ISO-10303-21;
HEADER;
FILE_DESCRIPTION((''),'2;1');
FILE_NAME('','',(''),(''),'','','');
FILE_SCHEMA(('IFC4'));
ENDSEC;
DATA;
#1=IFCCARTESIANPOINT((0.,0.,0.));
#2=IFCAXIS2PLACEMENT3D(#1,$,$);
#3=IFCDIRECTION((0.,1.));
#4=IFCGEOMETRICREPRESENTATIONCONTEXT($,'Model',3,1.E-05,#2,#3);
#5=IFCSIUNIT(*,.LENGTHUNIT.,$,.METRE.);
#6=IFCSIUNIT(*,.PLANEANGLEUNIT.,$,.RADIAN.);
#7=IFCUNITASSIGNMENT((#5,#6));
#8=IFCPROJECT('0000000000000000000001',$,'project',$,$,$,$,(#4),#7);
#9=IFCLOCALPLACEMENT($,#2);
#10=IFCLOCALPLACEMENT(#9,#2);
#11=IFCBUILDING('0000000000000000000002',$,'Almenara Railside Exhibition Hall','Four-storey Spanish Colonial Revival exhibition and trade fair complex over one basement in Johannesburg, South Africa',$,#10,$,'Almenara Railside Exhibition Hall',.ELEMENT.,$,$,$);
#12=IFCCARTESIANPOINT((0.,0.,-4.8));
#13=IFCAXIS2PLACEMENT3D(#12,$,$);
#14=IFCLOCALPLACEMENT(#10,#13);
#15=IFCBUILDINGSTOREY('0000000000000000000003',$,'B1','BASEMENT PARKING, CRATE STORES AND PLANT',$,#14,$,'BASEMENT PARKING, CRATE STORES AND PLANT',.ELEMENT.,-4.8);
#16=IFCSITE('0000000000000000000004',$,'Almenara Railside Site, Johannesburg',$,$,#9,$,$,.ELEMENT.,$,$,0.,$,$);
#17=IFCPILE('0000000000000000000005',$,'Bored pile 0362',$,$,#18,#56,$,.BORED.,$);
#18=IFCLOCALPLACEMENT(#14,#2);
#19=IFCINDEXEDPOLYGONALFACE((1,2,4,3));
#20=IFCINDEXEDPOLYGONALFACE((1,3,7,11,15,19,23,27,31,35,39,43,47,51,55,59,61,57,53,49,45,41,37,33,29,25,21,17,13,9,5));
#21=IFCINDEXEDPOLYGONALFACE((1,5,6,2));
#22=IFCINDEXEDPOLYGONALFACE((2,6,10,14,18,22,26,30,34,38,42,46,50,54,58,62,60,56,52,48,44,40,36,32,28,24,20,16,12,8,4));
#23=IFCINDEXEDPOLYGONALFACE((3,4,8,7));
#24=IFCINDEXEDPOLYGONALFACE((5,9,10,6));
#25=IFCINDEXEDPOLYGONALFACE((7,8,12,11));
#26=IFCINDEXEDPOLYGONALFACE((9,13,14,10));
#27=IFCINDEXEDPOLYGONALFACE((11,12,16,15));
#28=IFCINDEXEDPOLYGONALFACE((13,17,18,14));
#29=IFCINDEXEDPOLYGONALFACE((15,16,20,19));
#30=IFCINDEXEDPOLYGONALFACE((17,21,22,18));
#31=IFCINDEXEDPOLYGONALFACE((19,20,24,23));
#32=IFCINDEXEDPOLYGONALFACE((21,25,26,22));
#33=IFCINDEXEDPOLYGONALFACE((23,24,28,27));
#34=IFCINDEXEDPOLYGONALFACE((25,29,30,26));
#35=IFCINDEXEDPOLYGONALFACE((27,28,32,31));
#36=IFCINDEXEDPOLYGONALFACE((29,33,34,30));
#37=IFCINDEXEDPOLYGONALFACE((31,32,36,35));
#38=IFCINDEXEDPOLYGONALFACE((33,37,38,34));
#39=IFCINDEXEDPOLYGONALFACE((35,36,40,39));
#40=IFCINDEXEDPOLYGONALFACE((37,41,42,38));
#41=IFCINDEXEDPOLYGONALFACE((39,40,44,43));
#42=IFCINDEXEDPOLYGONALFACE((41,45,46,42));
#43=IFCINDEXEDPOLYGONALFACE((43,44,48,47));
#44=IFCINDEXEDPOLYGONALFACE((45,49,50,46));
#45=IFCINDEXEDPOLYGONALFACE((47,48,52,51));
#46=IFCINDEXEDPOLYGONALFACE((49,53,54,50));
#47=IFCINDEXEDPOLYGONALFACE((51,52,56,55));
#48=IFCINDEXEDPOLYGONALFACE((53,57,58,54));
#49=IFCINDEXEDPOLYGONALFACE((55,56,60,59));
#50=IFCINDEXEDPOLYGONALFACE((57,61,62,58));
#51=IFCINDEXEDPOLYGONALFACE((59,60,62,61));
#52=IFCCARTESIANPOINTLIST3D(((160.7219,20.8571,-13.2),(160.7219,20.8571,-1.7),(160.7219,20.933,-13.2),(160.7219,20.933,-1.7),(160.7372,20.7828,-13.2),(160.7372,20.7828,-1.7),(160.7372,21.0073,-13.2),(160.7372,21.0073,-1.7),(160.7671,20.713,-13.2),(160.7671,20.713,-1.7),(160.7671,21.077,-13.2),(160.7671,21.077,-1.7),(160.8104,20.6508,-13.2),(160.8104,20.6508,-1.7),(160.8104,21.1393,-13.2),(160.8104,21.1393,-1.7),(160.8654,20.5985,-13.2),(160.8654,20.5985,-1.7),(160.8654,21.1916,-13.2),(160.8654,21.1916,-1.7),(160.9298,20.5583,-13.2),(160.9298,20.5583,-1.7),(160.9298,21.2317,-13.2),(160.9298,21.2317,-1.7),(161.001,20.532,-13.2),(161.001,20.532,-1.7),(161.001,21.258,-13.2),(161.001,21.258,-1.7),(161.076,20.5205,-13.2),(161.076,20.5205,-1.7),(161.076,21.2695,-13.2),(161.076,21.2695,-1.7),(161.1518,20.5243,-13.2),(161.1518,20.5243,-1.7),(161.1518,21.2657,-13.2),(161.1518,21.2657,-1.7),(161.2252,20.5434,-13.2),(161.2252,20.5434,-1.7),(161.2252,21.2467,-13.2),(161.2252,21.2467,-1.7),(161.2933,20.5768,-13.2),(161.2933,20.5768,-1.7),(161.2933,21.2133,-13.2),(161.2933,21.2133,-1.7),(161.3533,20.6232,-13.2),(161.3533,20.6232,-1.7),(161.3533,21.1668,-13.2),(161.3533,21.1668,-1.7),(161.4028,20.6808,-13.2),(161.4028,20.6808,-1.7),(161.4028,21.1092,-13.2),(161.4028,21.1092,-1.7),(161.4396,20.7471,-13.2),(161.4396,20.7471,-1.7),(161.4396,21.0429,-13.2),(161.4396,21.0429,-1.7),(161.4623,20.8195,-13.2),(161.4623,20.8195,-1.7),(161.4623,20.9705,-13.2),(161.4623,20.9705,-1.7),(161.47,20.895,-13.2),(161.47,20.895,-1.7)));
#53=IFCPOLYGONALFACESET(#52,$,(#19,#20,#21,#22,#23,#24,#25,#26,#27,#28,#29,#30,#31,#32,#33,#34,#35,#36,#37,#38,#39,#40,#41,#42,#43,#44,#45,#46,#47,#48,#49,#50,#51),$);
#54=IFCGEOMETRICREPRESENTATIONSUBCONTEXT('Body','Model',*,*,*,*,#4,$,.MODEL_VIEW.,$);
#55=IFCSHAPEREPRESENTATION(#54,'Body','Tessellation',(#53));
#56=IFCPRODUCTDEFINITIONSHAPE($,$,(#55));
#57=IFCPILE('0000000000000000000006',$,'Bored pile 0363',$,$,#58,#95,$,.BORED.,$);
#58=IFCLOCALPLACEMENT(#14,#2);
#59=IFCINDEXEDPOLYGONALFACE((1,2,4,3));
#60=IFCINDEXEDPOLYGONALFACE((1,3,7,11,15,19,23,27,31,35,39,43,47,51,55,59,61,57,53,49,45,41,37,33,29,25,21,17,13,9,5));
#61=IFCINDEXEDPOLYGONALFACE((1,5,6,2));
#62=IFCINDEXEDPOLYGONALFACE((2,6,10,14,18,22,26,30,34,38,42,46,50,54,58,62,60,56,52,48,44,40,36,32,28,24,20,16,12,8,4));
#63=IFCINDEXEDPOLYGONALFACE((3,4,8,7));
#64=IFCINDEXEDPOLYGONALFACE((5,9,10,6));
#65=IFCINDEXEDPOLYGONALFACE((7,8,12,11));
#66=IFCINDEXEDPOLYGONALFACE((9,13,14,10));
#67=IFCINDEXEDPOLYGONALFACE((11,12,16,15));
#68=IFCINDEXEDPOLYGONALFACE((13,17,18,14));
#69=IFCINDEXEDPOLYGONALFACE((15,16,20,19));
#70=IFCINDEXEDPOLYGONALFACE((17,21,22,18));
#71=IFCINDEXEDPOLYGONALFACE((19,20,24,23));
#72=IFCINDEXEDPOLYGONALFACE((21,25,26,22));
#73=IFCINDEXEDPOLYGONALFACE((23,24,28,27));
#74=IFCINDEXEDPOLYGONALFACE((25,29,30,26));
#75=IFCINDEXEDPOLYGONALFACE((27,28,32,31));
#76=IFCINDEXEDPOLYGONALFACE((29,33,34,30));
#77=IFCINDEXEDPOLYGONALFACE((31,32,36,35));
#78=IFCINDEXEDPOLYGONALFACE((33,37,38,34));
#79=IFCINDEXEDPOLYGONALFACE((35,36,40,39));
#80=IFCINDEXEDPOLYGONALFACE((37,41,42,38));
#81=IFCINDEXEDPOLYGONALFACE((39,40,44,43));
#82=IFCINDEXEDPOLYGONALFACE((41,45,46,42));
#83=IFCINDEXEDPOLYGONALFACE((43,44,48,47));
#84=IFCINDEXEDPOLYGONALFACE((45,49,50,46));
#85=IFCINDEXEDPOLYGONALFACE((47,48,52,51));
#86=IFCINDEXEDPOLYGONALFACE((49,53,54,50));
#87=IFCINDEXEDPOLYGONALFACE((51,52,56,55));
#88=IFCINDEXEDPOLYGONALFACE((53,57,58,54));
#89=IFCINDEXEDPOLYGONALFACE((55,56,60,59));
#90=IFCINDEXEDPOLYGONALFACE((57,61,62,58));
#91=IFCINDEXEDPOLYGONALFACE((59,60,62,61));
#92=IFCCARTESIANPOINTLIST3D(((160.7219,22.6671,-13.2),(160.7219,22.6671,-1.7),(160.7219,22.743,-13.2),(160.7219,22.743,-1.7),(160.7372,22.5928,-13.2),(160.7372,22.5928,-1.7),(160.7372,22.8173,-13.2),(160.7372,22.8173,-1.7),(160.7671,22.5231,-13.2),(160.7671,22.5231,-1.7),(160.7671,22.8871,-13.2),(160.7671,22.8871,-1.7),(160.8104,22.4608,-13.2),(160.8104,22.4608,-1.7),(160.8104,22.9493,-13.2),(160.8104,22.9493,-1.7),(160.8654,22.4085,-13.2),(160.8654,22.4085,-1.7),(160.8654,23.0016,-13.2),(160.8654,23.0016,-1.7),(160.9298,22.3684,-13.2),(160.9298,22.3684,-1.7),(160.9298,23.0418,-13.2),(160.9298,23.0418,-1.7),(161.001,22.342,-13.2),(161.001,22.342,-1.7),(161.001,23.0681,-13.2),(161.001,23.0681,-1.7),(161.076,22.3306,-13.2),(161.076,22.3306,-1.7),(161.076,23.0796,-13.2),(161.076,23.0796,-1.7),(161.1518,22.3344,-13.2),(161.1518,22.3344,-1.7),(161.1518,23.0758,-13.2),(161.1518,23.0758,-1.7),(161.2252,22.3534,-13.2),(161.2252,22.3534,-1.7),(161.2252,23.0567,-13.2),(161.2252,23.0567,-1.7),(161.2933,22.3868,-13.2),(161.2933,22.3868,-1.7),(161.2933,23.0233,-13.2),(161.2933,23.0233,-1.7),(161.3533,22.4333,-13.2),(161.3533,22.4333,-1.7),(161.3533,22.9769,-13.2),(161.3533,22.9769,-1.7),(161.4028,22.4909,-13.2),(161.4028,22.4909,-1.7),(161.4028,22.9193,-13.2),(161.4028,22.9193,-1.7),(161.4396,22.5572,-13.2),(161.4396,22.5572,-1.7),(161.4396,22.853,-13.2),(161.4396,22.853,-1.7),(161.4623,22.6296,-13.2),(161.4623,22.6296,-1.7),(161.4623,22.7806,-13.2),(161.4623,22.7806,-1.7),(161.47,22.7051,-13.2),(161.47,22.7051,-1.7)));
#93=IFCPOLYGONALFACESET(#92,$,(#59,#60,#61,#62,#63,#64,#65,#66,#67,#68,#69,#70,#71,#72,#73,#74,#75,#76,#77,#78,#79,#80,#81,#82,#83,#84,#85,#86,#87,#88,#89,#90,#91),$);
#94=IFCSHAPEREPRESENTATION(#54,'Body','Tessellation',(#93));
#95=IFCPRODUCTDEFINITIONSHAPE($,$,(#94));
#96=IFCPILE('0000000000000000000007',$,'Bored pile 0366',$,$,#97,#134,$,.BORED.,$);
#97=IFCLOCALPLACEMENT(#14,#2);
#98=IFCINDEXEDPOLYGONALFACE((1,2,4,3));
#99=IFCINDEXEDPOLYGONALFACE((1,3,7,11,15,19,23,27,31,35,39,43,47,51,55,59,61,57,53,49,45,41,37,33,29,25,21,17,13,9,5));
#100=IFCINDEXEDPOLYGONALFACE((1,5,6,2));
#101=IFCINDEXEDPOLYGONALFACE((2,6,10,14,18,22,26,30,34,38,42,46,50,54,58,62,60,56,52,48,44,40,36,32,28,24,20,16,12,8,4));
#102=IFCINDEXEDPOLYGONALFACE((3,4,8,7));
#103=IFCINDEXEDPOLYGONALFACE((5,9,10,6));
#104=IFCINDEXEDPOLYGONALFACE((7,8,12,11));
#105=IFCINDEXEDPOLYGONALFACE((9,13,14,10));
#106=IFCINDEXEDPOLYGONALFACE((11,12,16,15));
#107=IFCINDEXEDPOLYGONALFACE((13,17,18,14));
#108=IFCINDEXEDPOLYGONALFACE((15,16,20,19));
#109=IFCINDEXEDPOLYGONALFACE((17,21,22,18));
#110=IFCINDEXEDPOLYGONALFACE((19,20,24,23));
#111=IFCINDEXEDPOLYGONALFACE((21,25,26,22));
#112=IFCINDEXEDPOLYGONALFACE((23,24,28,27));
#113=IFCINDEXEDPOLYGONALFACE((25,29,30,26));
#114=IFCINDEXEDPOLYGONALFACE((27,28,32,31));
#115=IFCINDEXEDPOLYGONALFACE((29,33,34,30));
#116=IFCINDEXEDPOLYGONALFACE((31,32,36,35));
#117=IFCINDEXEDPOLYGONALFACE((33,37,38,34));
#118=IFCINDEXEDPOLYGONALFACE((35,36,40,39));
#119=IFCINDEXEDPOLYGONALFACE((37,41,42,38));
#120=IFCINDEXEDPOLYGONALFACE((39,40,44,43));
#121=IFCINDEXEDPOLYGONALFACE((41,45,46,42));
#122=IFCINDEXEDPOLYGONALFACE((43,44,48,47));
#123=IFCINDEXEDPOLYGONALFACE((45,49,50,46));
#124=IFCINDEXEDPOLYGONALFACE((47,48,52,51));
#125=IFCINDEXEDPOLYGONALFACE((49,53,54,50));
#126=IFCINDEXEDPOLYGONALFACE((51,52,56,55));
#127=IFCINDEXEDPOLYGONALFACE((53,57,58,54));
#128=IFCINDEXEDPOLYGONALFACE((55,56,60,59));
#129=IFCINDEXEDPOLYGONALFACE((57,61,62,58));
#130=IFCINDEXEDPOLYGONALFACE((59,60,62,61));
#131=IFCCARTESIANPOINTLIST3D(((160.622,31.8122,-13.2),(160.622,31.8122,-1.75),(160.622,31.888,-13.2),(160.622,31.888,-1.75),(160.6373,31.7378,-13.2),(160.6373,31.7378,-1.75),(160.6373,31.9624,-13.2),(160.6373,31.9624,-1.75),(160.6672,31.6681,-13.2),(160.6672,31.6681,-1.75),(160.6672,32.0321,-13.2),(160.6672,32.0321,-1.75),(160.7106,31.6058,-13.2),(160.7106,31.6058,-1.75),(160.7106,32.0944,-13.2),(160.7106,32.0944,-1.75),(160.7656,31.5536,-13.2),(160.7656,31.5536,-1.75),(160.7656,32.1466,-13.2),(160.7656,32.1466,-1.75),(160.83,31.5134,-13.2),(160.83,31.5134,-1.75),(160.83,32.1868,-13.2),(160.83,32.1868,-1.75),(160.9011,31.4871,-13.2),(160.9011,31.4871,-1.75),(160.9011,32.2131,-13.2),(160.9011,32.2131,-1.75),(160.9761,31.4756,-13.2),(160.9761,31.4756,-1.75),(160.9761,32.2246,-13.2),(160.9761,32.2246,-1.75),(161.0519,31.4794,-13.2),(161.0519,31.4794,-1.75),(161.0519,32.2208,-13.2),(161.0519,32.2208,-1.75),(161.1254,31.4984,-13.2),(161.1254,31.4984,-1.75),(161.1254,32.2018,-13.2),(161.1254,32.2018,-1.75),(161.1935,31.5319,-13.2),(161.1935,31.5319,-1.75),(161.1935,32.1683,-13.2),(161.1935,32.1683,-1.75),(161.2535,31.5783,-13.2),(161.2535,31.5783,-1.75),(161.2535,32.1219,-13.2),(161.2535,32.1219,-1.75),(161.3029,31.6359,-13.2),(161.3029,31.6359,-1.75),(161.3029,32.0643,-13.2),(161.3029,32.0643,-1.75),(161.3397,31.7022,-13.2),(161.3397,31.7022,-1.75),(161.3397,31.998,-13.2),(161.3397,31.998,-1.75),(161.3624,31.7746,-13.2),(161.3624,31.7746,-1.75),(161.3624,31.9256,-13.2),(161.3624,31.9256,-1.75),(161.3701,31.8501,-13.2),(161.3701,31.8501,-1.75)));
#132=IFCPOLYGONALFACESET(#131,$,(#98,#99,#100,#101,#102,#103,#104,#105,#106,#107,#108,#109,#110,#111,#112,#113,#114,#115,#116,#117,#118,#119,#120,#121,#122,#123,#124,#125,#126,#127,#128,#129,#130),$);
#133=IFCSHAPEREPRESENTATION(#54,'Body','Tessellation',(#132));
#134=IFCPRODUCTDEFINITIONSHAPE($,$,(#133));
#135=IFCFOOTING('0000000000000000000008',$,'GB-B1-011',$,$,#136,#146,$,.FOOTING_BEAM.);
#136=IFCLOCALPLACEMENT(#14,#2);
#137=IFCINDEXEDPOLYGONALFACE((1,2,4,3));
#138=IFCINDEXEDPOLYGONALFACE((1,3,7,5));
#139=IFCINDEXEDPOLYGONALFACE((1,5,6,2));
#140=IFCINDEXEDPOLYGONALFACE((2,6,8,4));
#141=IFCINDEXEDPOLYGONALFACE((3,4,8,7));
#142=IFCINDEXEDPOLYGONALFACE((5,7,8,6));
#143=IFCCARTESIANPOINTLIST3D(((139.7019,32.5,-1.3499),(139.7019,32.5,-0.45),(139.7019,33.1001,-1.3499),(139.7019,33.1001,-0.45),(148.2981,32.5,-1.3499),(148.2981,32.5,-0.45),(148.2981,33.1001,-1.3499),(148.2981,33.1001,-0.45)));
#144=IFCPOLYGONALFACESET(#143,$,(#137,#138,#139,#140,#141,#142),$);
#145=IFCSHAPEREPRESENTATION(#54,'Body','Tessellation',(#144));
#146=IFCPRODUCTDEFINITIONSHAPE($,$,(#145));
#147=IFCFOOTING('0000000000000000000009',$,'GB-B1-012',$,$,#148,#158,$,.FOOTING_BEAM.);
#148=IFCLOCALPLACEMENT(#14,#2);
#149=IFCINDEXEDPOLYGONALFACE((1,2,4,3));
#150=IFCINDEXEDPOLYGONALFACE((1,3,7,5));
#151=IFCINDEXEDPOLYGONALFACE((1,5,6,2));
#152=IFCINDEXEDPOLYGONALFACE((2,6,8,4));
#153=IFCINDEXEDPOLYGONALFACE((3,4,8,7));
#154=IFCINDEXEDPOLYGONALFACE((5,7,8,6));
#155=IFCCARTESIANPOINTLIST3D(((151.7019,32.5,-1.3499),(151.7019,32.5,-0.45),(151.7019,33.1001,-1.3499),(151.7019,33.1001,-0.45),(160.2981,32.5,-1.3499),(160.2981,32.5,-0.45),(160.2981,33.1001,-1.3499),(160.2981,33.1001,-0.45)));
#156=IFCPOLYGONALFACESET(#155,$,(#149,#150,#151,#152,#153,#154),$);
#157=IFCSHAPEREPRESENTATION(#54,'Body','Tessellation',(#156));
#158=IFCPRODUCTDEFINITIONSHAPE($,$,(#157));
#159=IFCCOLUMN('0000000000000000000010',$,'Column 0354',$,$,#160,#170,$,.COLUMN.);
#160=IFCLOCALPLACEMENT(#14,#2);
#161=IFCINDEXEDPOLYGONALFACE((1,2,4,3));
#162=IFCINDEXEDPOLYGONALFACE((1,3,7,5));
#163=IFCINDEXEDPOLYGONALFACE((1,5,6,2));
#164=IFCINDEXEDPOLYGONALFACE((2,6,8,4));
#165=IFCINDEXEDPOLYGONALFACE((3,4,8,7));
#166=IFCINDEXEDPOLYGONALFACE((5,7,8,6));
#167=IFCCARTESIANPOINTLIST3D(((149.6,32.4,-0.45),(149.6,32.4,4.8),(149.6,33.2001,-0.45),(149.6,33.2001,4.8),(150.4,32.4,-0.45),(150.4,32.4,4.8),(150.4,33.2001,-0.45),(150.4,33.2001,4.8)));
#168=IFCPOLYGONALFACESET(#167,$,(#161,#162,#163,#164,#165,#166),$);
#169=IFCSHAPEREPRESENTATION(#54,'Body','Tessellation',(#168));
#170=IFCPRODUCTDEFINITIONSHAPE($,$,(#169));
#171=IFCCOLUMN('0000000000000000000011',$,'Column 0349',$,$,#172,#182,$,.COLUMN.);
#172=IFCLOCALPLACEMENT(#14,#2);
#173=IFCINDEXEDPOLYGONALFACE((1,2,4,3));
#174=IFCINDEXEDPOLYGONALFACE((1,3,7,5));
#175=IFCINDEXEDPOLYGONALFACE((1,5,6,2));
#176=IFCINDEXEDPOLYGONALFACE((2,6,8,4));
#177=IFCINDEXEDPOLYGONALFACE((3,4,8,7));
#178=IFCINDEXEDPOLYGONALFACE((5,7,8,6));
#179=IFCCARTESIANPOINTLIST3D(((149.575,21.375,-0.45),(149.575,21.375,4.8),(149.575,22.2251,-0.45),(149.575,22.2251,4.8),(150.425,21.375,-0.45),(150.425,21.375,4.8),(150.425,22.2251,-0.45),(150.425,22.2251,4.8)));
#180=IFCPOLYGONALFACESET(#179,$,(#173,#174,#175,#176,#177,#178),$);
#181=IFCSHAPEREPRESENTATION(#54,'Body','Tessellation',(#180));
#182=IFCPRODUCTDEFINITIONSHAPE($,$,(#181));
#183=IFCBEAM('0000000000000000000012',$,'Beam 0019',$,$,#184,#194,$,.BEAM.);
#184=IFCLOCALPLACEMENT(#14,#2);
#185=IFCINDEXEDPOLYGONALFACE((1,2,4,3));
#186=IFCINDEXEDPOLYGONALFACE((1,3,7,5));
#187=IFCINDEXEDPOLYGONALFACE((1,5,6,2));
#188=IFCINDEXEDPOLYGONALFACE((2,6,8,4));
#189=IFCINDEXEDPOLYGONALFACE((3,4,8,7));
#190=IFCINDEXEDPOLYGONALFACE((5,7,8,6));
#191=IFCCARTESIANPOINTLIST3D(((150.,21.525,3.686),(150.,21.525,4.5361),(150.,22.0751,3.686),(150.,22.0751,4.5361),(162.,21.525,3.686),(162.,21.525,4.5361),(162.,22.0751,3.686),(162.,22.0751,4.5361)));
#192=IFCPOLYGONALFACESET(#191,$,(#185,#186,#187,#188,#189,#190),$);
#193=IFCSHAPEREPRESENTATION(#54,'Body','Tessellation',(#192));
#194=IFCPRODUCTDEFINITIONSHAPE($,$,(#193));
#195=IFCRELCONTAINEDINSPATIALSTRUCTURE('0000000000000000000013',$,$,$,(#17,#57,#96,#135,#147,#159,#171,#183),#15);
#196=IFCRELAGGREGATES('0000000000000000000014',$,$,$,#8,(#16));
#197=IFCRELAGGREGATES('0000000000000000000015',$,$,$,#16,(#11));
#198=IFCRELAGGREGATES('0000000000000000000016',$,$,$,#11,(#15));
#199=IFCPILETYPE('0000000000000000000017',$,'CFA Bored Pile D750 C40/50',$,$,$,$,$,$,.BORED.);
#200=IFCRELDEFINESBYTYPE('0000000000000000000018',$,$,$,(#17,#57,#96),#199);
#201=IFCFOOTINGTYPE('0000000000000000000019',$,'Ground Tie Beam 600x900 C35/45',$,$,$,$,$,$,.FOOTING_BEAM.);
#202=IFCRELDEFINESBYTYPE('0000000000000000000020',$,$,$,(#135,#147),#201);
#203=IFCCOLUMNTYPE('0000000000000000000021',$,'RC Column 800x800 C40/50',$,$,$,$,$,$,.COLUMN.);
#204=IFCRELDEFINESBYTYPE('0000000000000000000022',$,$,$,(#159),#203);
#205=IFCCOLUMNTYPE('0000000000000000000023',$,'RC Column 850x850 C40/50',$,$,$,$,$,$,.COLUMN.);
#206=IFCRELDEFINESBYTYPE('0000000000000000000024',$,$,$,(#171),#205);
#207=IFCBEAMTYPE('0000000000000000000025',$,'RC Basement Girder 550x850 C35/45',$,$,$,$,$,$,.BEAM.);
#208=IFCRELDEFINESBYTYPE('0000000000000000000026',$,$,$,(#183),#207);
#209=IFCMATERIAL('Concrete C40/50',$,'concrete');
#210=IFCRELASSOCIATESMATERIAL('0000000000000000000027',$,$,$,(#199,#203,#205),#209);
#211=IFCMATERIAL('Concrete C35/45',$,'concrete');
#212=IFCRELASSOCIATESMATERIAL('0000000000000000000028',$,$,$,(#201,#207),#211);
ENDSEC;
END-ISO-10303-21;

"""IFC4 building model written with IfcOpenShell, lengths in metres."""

from ifc_helpers import new_model, si_unit, direction, frame, origin, origin_2d, place, context, subcontext, project, spatial, rectangle, circle, extrude, material, material_profile, profile_set, type_object, element, save


model = new_model("IFC4")

# Units and contexts
model_context = context("Model", 3, precision=1e-05, world=origin(), true_north=direction((0.0, 1.0)))
body_context = subcontext(model_context, "Body", "Model", "MODEL_VIEW")
ifc_project = project(units=[si_unit("LENGTHUNIT", "METRE"), si_unit("PLANEANGLEUNIT", "RADIAN")], contexts=[model_context])

# Site, building, storey
site_placement = place(None, origin())
site = spatial("IfcSite", under=ifc_project, at=site_placement, Name="Almenara Railside Site, Johannesburg", CompositionType="ELEMENT", RefElevation=0.0)
building_placement = place(site_placement, origin())
building = spatial("IfcBuilding", under=site, at=building_placement, Name="Almenara Railside Exhibition Hall", Description="Four-storey Spanish Colonial Revival exhibition and trade fair complex over one basement in Johannesburg, South Africa", LongName="Almenara Railside Exhibition Hall", CompositionType="ELEMENT")
storey_placement = place(building_placement, frame((0.0, 0.0, -4.8)))
storey = spatial("IfcBuildingStorey", under=building, at=storey_placement, Name="B1", Description="BASEMENT PARKING, CRATE STORES AND PLANT", LongName="BASEMENT PARKING, CRATE STORES AND PLANT", CompositionType="ELEMENT", Elevation=-4.8)

# Piles
ifc_material_1 = material(Name="Concrete C40/50", Category="concrete")
ifc_material_profile_1 = material_profile(ifc_material_1, circle(Radius=0.375, at=origin_2d()), Name="CFA-PILE D750")
ifc_profile_set_1 = profile_set([ifc_material_profile_1], Name="Concrete C40/50")
pile_type = type_object("IfcPileType", Name="CFA Bored Pile D750 C40/50", PredefinedType="BORED", material=ifc_profile_set_1)
for number, where, z_axis, x_axis, name in (
    (1, (161.095, 20.895, -1.7), (0.0, 0.0, -1.0), (1.0, 0.0, 0.0), "Bored pile 0362"),
    (2, (161.095, 22.7051, -1.7), (0.0, 0.0, -1.0), (1.0, 0.0, 0.0), "Bored pile 0363"),
):
    element("IfcPile", number, at=place(storey_placement, frame(where, z_axis=z_axis, x_axis=x_axis)), inside=storey, type_object=pile_type, Name=name, PredefinedType="BORED", context=body_context, shape_type="SweptSolid", body=[
        extrude(circle(Radius=0.375, at=origin_2d()), origin(), (0.0, 0.0, 1.0), 11.5),
    ])
pile_1_placement = place(storey_placement, frame((160.9951, 31.8501, -1.75), z_axis=(0.0, 0.0, -1.0), x_axis=(1.0, 0.0, 0.0)))
element("IfcPile", 3, at=pile_1_placement, inside=storey, type_object=pile_type, Name="Bored pile 0366", PredefinedType="BORED", context=body_context, shape_type="SweptSolid", body=[
    extrude(circle(Radius=0.375, at=origin_2d()), origin(), (0.0, 0.0, 1.0), 11.45),
])

# Footings
ifc_material_2 = material(Name="Concrete C35/45", Category="concrete")
ifc_material_profile_2 = material_profile(ifc_material_2, rectangle(XDim=0.6001, YDim=0.8999, at=origin_2d()), Name="RC-GB 600x900")
ifc_profile_set_2 = profile_set([ifc_material_profile_2], Name="Concrete C35/45")
footing_type = type_object("IfcFootingType", Name="Ground Tie Beam 600x900 C35/45", PredefinedType="FOOTING_BEAM", material=ifc_profile_set_2)
for number, where, z_axis, x_axis, name in (
    (4, (139.7019, 32.8, -0.8999), (1.0, 0.0, 0.0), (0.0, 1.0, 0.0), "GB-B1-011"),
    (5, (151.7019, 32.8, -0.8999), (1.0, 0.0, 0.0), (0.0, 1.0, 0.0), "GB-B1-012"),
):
    element("IfcFooting", number, at=place(storey_placement, frame(where, z_axis=z_axis, x_axis=x_axis)), inside=storey, type_object=footing_type, Name=name, PredefinedType="FOOTING_BEAM", context=body_context, shape_type="SweptSolid", body=[
        extrude(rectangle(XDim=0.6001, YDim=0.8999, at=origin_2d()), origin(), (0.0, 0.0, 1.0), 8.5962),
    ])

# Columns
ifc_material_profile_3 = material_profile(ifc_material_1, rectangle(XDim=0.8, YDim=0.8, at=origin_2d()), Name="RC 800x800")
ifc_profile_set_3 = profile_set([ifc_material_profile_3], Name="Concrete C40/50")
column_type_1 = type_object("IfcColumnType", Name="RC Column 800x800 C40/50", PredefinedType="COLUMN", material=ifc_profile_set_3)
column_1_placement = place(storey_placement, frame((150.0, 32.8, -0.45), z_axis=(0.0, 0.0, 1.0), x_axis=(1.0, 0.0, 0.0)))
element("IfcColumn", 6, at=column_1_placement, inside=storey, type_object=column_type_1, Name="Column 0354", PredefinedType="COLUMN", context=body_context, shape_type="SweptSolid", body=[
    extrude(rectangle(XDim=0.8, YDim=0.8, at=origin_2d()), origin(), (0.0, 0.0, 1.0), 5.25),
])
ifc_material_profile_4 = material_profile(ifc_material_1, rectangle(XDim=0.8501, YDim=0.8501, at=origin_2d()), Name="RC 850x850")
ifc_profile_set_4 = profile_set([ifc_material_profile_4], Name="Concrete C40/50")
column_type_2 = type_object("IfcColumnType", Name="RC Column 850x850 C40/50", PredefinedType="COLUMN", material=ifc_profile_set_4)
column_2_placement = place(storey_placement, frame((150.0, 21.8, -0.45), z_axis=(0.0, 0.0, 1.0), x_axis=(1.0, 0.0, 0.0)))
element("IfcColumn", 7, at=column_2_placement, inside=storey, type_object=column_type_2, Name="Column 0349", PredefinedType="COLUMN", context=body_context, shape_type="SweptSolid", body=[
    extrude(rectangle(XDim=0.8501, YDim=0.8501, at=origin_2d()), origin(), (0.0, 0.0, 1.0), 5.25),
])

# Beam
ifc_material_profile_5 = material_profile(ifc_material_2, rectangle(XDim=0.55, YDim=0.8501, at=origin_2d()), Name="RC 550x850")
ifc_profile_set_5 = profile_set([ifc_material_profile_5], Name="Concrete C35/45")
beam_type_1 = type_object("IfcBeamType", Name="RC Basement Girder 550x850 C35/45", PredefinedType="BEAM", material=ifc_profile_set_5)
for number, where, z_axis, x_axis, name in (
    (8, (150.0, 21.8, 4.1111), (1.0, 0.0, 0.0), (0.0, 1.0, 0.0), "Beam 0019"),
):
    element("IfcBeam", number, at=place(storey_placement, frame(where, z_axis=z_axis, x_axis=x_axis)), inside=storey, type_object=beam_type_1, Name=name, PredefinedType="BEAM", context=body_context, shape_type="SweptSolid", body=[
        extrude(rectangle(XDim=0.55, YDim=0.8501, at=origin_2d()), origin(), (0.0, 0.0, 1.0), 12.0),
    ])

save(model, "model.ifc")
